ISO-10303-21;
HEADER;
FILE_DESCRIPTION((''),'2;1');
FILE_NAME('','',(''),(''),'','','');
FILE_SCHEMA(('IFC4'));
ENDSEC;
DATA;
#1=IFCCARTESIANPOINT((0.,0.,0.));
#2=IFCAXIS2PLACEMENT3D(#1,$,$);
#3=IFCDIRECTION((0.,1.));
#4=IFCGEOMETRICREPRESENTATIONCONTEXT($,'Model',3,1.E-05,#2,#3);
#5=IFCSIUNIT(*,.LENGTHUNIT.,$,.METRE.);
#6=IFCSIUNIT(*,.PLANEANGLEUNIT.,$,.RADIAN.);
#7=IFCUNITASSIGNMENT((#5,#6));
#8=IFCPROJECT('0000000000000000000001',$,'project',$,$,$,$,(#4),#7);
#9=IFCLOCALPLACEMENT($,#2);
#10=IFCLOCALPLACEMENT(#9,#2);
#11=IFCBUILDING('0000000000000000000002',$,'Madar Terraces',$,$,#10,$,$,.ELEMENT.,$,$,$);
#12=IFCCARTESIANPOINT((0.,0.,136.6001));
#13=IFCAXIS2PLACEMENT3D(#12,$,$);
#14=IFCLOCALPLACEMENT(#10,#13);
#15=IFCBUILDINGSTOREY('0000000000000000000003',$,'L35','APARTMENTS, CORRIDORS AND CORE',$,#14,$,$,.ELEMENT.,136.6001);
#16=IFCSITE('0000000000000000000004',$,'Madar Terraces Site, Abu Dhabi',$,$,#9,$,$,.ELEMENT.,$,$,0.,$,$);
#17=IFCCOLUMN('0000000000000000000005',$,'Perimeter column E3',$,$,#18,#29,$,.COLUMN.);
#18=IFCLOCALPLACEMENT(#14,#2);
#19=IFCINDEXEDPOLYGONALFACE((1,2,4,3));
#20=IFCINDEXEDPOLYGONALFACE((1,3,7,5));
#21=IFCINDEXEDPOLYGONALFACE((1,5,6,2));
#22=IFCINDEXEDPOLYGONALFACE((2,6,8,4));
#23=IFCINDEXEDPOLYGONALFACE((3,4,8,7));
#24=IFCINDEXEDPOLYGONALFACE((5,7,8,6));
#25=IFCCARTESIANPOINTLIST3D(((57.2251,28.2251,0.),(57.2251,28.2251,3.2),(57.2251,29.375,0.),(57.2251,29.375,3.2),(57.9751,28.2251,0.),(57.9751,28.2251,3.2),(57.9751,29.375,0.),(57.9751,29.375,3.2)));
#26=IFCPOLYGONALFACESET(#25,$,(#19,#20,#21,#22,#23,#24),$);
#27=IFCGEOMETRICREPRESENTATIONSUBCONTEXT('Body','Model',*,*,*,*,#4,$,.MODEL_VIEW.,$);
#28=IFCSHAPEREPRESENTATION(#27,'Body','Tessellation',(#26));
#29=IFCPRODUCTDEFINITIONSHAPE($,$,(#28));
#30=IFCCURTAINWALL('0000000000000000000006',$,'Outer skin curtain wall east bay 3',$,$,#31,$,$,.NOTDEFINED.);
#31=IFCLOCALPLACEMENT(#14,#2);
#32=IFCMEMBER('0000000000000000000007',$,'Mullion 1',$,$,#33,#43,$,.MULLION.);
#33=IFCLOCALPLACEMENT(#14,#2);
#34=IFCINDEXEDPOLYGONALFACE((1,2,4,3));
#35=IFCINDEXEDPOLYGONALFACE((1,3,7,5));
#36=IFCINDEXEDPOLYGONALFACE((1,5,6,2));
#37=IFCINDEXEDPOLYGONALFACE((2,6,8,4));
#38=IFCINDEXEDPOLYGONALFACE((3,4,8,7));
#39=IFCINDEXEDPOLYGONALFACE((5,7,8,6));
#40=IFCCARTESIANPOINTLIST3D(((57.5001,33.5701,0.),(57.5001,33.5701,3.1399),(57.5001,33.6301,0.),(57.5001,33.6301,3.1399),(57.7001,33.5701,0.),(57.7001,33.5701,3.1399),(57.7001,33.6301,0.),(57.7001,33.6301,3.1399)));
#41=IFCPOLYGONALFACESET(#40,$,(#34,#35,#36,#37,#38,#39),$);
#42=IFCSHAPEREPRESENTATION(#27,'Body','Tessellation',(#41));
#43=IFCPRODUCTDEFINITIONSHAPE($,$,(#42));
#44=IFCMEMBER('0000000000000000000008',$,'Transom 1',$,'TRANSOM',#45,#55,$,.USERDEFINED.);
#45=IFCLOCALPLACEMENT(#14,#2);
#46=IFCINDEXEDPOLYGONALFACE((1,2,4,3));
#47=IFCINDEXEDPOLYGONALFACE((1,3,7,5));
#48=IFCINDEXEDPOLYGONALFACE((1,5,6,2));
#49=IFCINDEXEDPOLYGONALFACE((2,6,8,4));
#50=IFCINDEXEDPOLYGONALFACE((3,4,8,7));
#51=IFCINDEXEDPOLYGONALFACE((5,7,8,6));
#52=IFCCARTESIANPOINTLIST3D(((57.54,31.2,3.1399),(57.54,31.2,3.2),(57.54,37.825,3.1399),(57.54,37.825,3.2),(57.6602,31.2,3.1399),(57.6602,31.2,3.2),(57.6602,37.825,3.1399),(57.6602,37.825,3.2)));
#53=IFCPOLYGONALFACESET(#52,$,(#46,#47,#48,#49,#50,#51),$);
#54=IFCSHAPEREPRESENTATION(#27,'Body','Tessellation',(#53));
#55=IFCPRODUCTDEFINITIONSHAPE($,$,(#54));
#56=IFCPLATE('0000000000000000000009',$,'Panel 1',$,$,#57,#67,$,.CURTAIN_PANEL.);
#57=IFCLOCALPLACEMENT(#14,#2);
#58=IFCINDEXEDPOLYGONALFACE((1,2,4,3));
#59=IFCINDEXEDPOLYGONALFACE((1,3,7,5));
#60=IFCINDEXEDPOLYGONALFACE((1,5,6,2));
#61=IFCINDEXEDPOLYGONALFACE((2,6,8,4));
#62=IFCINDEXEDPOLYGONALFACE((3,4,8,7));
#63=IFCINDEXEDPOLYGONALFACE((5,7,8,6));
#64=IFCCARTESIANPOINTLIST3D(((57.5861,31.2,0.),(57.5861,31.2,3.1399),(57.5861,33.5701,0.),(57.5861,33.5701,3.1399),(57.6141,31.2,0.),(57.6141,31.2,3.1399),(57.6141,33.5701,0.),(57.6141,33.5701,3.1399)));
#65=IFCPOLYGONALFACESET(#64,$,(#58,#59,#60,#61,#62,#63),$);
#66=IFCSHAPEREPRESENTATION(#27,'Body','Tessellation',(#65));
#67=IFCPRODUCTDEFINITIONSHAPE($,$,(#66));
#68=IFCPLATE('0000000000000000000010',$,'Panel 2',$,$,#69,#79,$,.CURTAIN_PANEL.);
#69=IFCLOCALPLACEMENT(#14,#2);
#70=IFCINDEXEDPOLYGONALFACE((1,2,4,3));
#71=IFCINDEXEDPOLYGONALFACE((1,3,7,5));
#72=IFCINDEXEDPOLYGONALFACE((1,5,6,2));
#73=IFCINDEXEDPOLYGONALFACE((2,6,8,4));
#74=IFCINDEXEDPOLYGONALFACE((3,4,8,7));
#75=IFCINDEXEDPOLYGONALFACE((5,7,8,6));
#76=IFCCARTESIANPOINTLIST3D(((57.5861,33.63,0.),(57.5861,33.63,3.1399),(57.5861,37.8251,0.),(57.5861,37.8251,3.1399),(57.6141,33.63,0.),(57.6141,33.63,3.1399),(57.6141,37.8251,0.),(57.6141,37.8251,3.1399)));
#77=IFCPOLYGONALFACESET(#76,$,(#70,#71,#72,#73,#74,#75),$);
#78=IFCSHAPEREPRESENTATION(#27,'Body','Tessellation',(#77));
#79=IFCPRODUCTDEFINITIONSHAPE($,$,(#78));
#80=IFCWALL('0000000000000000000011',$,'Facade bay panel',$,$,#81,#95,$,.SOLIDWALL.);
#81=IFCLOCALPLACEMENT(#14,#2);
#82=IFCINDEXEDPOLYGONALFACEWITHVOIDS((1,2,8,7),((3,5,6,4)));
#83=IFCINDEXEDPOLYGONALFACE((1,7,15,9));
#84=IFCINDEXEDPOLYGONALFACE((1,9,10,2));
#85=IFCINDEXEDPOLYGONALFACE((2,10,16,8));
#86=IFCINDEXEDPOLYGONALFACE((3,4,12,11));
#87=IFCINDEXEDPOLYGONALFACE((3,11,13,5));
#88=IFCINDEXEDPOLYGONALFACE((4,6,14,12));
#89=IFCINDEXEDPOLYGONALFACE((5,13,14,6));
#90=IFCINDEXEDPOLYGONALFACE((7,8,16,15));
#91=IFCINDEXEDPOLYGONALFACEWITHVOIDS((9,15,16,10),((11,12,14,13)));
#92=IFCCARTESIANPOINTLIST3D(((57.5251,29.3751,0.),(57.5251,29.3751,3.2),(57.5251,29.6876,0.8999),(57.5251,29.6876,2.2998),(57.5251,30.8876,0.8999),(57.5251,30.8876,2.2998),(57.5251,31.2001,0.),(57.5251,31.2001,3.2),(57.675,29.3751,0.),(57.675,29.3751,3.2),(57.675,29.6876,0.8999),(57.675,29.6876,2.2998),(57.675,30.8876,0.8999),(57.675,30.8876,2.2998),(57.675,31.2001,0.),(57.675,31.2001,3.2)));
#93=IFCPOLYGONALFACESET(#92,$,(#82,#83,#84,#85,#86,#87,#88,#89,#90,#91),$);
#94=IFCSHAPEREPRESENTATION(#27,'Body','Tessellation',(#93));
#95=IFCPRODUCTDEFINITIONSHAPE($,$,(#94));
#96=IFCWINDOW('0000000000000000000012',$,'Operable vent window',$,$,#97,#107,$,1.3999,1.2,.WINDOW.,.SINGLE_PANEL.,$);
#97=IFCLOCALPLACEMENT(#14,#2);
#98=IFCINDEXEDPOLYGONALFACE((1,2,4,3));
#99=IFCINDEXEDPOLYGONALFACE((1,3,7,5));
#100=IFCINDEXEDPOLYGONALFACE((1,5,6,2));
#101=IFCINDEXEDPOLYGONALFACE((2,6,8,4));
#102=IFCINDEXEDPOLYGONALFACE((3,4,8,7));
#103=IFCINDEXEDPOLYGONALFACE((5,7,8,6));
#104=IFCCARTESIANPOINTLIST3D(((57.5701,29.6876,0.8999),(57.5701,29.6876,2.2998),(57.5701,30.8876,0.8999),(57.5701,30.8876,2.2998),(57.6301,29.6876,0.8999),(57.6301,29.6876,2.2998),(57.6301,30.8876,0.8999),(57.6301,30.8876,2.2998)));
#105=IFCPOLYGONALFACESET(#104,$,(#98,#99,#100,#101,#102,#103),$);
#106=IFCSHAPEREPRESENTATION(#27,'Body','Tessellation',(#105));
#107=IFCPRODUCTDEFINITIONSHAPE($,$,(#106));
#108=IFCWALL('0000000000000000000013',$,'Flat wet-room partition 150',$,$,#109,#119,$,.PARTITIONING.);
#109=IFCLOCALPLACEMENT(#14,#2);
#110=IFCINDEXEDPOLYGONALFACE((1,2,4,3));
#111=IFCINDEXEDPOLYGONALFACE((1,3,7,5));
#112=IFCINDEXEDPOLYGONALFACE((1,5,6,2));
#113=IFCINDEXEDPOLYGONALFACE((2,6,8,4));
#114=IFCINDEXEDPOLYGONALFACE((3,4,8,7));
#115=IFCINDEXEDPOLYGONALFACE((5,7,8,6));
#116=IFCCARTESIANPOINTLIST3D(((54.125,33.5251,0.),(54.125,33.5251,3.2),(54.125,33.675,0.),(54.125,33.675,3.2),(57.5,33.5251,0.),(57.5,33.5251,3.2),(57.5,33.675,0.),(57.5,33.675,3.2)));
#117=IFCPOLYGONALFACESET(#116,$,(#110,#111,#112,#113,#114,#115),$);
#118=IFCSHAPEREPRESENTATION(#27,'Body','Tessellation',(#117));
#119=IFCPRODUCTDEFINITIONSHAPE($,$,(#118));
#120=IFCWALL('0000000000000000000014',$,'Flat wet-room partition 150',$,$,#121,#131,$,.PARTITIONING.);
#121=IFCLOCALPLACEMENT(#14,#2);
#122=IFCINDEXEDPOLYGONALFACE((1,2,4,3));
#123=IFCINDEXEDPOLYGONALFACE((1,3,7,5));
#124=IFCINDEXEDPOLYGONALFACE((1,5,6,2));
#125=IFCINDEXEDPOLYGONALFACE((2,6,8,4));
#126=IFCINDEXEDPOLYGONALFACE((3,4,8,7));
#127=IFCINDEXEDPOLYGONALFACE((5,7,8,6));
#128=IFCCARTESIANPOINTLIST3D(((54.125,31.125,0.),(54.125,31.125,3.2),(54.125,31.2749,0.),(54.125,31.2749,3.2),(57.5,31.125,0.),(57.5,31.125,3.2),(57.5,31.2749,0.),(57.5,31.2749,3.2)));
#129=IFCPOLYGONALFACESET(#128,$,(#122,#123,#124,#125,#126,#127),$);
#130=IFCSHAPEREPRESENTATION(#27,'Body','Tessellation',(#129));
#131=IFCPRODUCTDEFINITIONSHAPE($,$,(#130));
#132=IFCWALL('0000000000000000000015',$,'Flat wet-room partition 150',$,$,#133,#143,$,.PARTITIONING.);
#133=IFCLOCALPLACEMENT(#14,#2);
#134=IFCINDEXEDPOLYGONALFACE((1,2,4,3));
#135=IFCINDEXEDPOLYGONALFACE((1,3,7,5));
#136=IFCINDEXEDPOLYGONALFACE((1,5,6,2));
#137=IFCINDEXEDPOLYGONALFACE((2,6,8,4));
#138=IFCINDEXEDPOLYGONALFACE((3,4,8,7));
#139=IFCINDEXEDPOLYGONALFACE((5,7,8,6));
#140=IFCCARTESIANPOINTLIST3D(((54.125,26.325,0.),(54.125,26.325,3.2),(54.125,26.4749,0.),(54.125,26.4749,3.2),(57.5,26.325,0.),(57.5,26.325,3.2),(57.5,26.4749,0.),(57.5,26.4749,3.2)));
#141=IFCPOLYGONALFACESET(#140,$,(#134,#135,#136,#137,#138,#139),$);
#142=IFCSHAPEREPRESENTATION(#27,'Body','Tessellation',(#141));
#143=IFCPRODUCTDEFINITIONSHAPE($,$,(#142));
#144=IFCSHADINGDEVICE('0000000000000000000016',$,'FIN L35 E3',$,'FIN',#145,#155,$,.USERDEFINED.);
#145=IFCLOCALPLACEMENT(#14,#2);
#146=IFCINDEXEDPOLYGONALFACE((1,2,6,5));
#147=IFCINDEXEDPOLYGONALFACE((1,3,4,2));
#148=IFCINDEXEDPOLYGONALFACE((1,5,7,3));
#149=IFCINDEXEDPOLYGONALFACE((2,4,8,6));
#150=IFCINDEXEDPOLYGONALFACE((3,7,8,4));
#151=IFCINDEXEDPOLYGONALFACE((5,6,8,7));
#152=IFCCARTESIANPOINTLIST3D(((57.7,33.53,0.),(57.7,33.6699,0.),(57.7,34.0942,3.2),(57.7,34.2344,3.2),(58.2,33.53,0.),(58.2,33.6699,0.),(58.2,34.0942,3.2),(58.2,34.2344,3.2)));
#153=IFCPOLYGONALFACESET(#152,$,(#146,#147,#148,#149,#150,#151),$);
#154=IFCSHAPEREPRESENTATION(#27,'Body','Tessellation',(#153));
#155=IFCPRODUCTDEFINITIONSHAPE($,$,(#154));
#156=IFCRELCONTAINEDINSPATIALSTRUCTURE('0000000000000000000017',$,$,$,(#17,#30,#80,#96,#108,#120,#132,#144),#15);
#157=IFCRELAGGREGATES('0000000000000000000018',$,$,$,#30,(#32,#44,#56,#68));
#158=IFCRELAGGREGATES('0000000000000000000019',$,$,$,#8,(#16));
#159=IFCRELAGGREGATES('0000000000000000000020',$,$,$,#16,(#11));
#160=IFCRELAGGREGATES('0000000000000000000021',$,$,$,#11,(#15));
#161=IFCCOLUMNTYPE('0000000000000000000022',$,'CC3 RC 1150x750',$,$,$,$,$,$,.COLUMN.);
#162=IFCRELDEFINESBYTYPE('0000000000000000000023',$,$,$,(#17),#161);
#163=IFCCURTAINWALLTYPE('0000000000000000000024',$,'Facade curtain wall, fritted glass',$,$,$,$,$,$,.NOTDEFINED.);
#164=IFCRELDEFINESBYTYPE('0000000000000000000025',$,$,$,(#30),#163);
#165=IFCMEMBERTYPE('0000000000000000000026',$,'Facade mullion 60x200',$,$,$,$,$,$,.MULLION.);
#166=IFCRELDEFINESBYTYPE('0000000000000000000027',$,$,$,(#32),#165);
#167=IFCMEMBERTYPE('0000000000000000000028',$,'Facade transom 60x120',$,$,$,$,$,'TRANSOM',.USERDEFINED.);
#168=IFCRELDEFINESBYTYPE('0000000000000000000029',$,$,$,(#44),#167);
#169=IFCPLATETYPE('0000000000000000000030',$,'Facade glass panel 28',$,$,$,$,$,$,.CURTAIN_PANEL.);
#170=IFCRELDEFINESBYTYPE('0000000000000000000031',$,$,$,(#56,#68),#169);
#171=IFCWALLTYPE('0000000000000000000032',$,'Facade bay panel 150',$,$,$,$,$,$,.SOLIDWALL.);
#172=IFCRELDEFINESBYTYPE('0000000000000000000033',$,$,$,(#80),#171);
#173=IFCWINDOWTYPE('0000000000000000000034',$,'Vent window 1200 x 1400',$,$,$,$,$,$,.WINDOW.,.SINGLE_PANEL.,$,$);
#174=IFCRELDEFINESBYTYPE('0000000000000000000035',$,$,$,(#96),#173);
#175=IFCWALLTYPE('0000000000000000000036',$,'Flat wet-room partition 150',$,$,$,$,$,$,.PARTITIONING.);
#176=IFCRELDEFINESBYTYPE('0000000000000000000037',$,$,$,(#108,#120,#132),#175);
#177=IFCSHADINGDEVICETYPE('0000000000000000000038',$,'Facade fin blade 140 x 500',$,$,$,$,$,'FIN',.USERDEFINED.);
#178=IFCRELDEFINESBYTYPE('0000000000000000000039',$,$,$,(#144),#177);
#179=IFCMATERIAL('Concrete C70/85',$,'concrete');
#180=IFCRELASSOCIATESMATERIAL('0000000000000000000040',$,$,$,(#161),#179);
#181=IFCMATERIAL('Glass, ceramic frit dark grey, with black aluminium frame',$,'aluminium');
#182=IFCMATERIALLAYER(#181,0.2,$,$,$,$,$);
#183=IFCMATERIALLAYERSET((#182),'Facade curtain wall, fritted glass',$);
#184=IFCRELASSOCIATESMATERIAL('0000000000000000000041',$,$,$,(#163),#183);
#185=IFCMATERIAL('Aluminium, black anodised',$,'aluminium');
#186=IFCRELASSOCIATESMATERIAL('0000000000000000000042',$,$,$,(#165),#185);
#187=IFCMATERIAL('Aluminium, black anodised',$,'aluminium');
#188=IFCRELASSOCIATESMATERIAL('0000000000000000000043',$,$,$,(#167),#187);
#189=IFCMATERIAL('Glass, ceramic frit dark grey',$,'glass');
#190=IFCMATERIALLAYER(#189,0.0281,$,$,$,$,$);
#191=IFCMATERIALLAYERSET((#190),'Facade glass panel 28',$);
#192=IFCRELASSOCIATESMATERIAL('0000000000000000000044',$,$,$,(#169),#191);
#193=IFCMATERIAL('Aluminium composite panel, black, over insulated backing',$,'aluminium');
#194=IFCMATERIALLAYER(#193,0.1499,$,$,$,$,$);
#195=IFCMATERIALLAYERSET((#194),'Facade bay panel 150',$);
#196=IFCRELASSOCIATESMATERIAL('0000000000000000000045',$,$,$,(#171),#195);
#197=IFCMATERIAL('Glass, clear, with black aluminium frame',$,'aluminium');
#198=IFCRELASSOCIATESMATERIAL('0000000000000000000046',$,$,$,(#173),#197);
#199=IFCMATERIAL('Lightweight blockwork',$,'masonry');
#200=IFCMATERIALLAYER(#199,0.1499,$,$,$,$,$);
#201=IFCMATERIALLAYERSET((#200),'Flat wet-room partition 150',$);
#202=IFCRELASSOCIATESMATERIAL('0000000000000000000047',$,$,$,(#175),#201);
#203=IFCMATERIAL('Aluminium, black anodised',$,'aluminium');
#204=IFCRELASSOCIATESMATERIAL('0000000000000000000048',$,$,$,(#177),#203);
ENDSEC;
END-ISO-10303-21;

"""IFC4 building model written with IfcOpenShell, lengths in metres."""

from ifc_helpers import new_model, si_unit, direction, frame, frame_2d, origin, origin_2d, place, context, subcontext, project, spatial, polyline, rectangle, outline, extrude, material, layer, layer_set, material_profile, profile_set, type_object, element, fill, aggregate, save


model = new_model("IFC4")

# Units and contexts
model_context = context("Model", 3, precision=1e-05, world=origin(), true_north=direction((0.0, 1.0)))
body_context = subcontext(model_context, "Body", "Model", "MODEL_VIEW")
ifc_project = project(units=[si_unit("LENGTHUNIT", "METRE"), si_unit("PLANEANGLEUNIT", "RADIAN")], contexts=[model_context])

# Site, building, storey
site_placement = place(None, origin())
site = spatial("IfcSite", under=ifc_project, at=site_placement, Name="Madar Terraces Site, Abu Dhabi", CompositionType="ELEMENT", RefElevation=0.0)
building_placement = place(site_placement, origin())
building = spatial("IfcBuilding", under=site, at=building_placement, Name="Madar Terraces", CompositionType="ELEMENT")
storey_placement = place(building_placement, frame((0.0, 0.0, 136.6001)))
storey = spatial("IfcBuildingStorey", under=building, at=storey_placement, Name="L35", Description="APARTMENTS, CORRIDORS AND CORE", CompositionType="ELEMENT", Elevation=136.6001)

# Column
ifc_material_1 = material(Name="Concrete C70/85", Category="concrete")
ifc_material_profile_1 = material_profile(ifc_material_1, rectangle(XDim=1.1499, YDim=0.75, at=origin_2d()), Name="CC3 RC 1150x750")
ifc_profile_set_1 = profile_set([ifc_material_profile_1], Name="Concrete C70/85")
column_type = type_object("IfcColumnType", Name="CC3 RC 1150x750", PredefinedType="COLUMN", material=ifc_profile_set_1)
column_placement = place(storey_placement, frame((57.6001, 28.8, 0.0), z_axis=(0.0, 0.0, 1.0), x_axis=(0.0, 1.0, 0.0)))
element("IfcColumn", 1, at=column_placement, inside=storey, type_object=column_type, Name="Perimeter column E3", PredefinedType="COLUMN", context=body_context, shape_type="SweptSolid", body=[
    extrude(rectangle(XDim=1.1499, YDim=0.75, at=origin_2d()), origin(), (0.0, 0.0, 1.0), 3.2),
])

# Curtain wall, members, plates
ifc_material_2 = material(Name="Glass, ceramic frit dark grey, with black aluminium frame", Category="aluminium")
ifc_layer_1 = layer(ifc_material_2, 0.2)
ifc_layer_set_1 = layer_set([ifc_layer_1], Name="Facade curtain wall, fritted glass")
curtain_wall_type = type_object("IfcCurtainWallType", Name="Facade curtain wall, fritted glass", PredefinedType="NOTDEFINED", material=ifc_layer_set_1)
curtain_wall_placement = place(storey_placement, origin())
curtain_wall = element("IfcCurtainWall", 2, at=curtain_wall_placement, inside=storey, type_object=curtain_wall_type, Name="Outer skin curtain wall east bay 3", PredefinedType="NOTDEFINED")
ifc_material_3 = material(Name="Aluminium, black anodised", Category="aluminium")
ifc_material_profile_2 = material_profile(ifc_material_3, rectangle(XDim=0.2, YDim=0.0601, at=origin_2d()), Name="Facade mullion 60x200")
ifc_profile_set_2 = profile_set([ifc_material_profile_2], Name="Aluminium, black anodised")
member_type_1 = type_object("IfcMemberType", Name="Facade mullion 60x200", PredefinedType="MULLION", material=ifc_profile_set_2)
member_1_placement = place(storey_placement, frame((57.6001, 33.6001, 0.0), z_axis=(0.0, 0.0, 1.0), x_axis=(-1.0, 0.0, 0.0)))
member_1 = element("IfcMember", 3, at=member_1_placement, type_object=member_type_1, Name="Mullion 1", PredefinedType="MULLION", context=body_context, shape_type="SweptSolid", body=[
    extrude(rectangle(XDim=0.2, YDim=0.0601, at=origin_2d()), origin(), (0.0, 0.0, 1.0), 3.1399),
])
ifc_material_4 = material(Name="Aluminium, black anodised", Category="aluminium")
ifc_material_profile_3 = material_profile(ifc_material_4, rectangle(XDim=0.1201, YDim=0.0601, at=origin_2d()), Name="Facade transom 60x120")
ifc_profile_set_3 = profile_set([ifc_material_profile_3], Name="Aluminium, black anodised")
member_type_2 = type_object("IfcMemberType", Name="Facade transom 60x120", ElementType="TRANSOM", PredefinedType="USERDEFINED", material=ifc_profile_set_3)
member_2_placement = place(storey_placement, frame((57.6001, 31.2, 3.1699), z_axis=(0.0, 1.0, 0.0), x_axis=(-1.0, 0.0, 0.0)))
member_2 = element("IfcMember", 4, at=member_2_placement, type_object=member_type_2, Name="Transom 1", ObjectType="TRANSOM", PredefinedType="USERDEFINED", context=body_context, shape_type="SweptSolid", body=[
    extrude(rectangle(XDim=0.1201, YDim=0.0601, at=origin_2d()), origin(), (0.0, 0.0, 1.0), 6.625),
])
ifc_material_5 = material(Name="Glass, ceramic frit dark grey", Category="glass")
ifc_layer_2 = layer(ifc_material_5, 0.0281)
ifc_layer_set_2 = layer_set([ifc_layer_2], Name="Facade glass panel 28")
plate_type = type_object("IfcPlateType", Name="Facade glass panel 28", PredefinedType="CURTAIN_PANEL", material=ifc_layer_set_2)
plate_1_placement = place(storey_placement, frame((57.6001, 32.385, 0.0), z_axis=(0.0, 0.0, 1.0), x_axis=(0.0, 1.0, 0.0)))
plate_1 = element("IfcPlate", 5, at=plate_1_placement, type_object=plate_type, Name="Panel 1", PredefinedType="CURTAIN_PANEL", context=body_context, shape_type="SweptSolid", body=[
    extrude(rectangle(XDim=2.3701, YDim=0.0281, at=origin_2d()), origin(), (0.0, 0.0, 1.0), 3.1399),
])
plate_2_placement = place(storey_placement, frame((57.6001, 35.7275, 0.0), z_axis=(0.0, 0.0, 1.0), x_axis=(0.0, 1.0, 0.0)))
plate_2 = element("IfcPlate", 6, at=plate_2_placement, type_object=plate_type, Name="Panel 2", PredefinedType="CURTAIN_PANEL", context=body_context, shape_type="SweptSolid", body=[
    extrude(rectangle(XDim=4.1951, YDim=0.0281, at=origin_2d()), origin(), (0.0, 0.0, 1.0), 3.1399),
])
aggregate(curtain_wall, [member_1, member_2, plate_1, plate_2])

# Wall, opening, window
ifc_material_6 = material(Name="Aluminium composite panel, black, over insulated backing", Category="aluminium")
ifc_layer_3 = layer(ifc_material_6, 0.1499)
ifc_layer_set_3 = layer_set([ifc_layer_3], Name="Facade bay panel 150")
wall_type_1 = type_object("IfcWallType", Name="Facade bay panel 150", PredefinedType="SOLIDWALL", material=ifc_layer_set_3)
wall_placement = place(storey_placement, frame((57.6001, 29.375, 0.0), z_axis=(0.0, 0.0, 1.0), x_axis=(0.0, 1.0, 0.0)))
wall = element("IfcWall", 7, at=wall_placement, inside=storey, type_object=wall_type_1, Name="Facade bay panel", PredefinedType="SOLIDWALL", context=body_context, shape_type="SweptSolid", body=[
    extrude(rectangle(XDim=1.825, YDim=0.1499, at=frame_2d((0.9126, 0.0))), origin(), (0.0, 0.0, 1.0), 3.2),
])
opening_placement = place(wall_placement, frame((0.3125, 0.0, 0.8999)))
opening = element("IfcOpeningElement", 8, at=opening_placement, cuts=wall, PredefinedType="OPENING", context=body_context, shape_type="SweptSolid", body=[
    extrude(rectangle(XDim=1.2, YDim=1.3999, at=frame_2d((0.6001, 0.7))), frame((0.0, 0.085, 0.0), z_axis=(0.0, -1.0, 0.0), x_axis=(1.0, 0.0, 0.0)), (0.0, 0.0, 1.0), 0.1699),
])
ifc_material_7 = material(Name="Glass, clear, with black aluminium frame", Category="aluminium")
window_type = type_object("IfcWindowType", Name="Vent window 1200 x 1400", PartitioningType="SINGLE_PANEL", PredefinedType="WINDOW", material=ifc_material_7)
window_placement = place(opening_placement, origin())
window = element("IfcWindow", 9, at=window_placement, inside=storey, type_object=window_type, Name="Operable vent window", OverallHeight=1.3999, OverallWidth=1.2, PartitioningType="SINGLE_PANEL", PredefinedType="WINDOW", context=body_context, shape_type="SweptSolid", body=[
    extrude(rectangle(XDim=1.2, YDim=1.3999, at=frame_2d((0.6001, 0.7))), frame((0.0, 0.03, 0.0), z_axis=(0.0, -1.0, 0.0), x_axis=(1.0, 0.0, 0.0)), (0.0, 0.0, 1.0), 0.0601),
])
fill(opening, window)

# Walls
ifc_material_8 = material(Name="Lightweight blockwork", Category="masonry")
ifc_layer_4 = layer(ifc_material_8, 0.1499)
ifc_layer_set_4 = layer_set([ifc_layer_4], Name="Flat wet-room partition 150")
wall_type_2 = type_object("IfcWallType", Name="Flat wet-room partition 150", PredefinedType="PARTITIONING", material=ifc_layer_set_4)
for number, where, z_axis, x_axis, name in (
    (10, (54.125, 33.6001, 0.0), (0.0, 0.0, 1.0), (1.0, 0.0, 0.0), "Flat wet-room partition 150"),
    (11, (54.125, 31.2, 0.0), (0.0, 0.0, 1.0), (1.0, 0.0, 0.0), "Flat wet-room partition 150"),
    (12, (54.125, 26.3999, 0.0), (0.0, 0.0, 1.0), (1.0, 0.0, 0.0), "Flat wet-room partition 150"),
):
    element("IfcWall", number, at=place(storey_placement, frame(where, z_axis=z_axis, x_axis=x_axis)), inside=storey, type_object=wall_type_2, Name=name, PredefinedType="PARTITIONING", context=body_context, shape_type="SweptSolid", body=[
        extrude(rectangle(XDim=3.375, YDim=0.1499, at=frame_2d((1.6875, 0.0))), origin(), (0.0, 0.0, 1.0), 3.2),
    ])

# Shading device
ifc_material_9 = material(Name="Aluminium, black anodised", Category="aluminium")
shading_device_type = type_object("IfcShadingDeviceType", Name="Facade fin blade 140 x 500", ElementType="FIN", PredefinedType="USERDEFINED", material=ifc_material_9)
shading_device_placement = place(storey_placement, frame((57.95, 33.53, 0.0), z_axis=(0.0, 0.0, 1.0), x_axis=(0.0, 1.0, 0.0)))
element("IfcShadingDevice", 13, at=shading_device_placement, inside=storey, type_object=shading_device_type, Name="FIN L35 E3", ObjectType="FIN", PredefinedType="USERDEFINED", context=body_context, shape_type="SweptSolid", body=[
    extrude(outline(polyline([(0.0, 0.0), (0.1399, 0.0), (0.7043, 3.2), (0.5642, 3.2), (0.0, 0.0)])), frame((0.0, 0.25, 0.0), z_axis=(0.0, -1.0, 0.0), x_axis=(1.0, 0.0, 0.0)), (0.0, 0.0, 1.0), 0.5),
])

save(model, "model.ifc")
